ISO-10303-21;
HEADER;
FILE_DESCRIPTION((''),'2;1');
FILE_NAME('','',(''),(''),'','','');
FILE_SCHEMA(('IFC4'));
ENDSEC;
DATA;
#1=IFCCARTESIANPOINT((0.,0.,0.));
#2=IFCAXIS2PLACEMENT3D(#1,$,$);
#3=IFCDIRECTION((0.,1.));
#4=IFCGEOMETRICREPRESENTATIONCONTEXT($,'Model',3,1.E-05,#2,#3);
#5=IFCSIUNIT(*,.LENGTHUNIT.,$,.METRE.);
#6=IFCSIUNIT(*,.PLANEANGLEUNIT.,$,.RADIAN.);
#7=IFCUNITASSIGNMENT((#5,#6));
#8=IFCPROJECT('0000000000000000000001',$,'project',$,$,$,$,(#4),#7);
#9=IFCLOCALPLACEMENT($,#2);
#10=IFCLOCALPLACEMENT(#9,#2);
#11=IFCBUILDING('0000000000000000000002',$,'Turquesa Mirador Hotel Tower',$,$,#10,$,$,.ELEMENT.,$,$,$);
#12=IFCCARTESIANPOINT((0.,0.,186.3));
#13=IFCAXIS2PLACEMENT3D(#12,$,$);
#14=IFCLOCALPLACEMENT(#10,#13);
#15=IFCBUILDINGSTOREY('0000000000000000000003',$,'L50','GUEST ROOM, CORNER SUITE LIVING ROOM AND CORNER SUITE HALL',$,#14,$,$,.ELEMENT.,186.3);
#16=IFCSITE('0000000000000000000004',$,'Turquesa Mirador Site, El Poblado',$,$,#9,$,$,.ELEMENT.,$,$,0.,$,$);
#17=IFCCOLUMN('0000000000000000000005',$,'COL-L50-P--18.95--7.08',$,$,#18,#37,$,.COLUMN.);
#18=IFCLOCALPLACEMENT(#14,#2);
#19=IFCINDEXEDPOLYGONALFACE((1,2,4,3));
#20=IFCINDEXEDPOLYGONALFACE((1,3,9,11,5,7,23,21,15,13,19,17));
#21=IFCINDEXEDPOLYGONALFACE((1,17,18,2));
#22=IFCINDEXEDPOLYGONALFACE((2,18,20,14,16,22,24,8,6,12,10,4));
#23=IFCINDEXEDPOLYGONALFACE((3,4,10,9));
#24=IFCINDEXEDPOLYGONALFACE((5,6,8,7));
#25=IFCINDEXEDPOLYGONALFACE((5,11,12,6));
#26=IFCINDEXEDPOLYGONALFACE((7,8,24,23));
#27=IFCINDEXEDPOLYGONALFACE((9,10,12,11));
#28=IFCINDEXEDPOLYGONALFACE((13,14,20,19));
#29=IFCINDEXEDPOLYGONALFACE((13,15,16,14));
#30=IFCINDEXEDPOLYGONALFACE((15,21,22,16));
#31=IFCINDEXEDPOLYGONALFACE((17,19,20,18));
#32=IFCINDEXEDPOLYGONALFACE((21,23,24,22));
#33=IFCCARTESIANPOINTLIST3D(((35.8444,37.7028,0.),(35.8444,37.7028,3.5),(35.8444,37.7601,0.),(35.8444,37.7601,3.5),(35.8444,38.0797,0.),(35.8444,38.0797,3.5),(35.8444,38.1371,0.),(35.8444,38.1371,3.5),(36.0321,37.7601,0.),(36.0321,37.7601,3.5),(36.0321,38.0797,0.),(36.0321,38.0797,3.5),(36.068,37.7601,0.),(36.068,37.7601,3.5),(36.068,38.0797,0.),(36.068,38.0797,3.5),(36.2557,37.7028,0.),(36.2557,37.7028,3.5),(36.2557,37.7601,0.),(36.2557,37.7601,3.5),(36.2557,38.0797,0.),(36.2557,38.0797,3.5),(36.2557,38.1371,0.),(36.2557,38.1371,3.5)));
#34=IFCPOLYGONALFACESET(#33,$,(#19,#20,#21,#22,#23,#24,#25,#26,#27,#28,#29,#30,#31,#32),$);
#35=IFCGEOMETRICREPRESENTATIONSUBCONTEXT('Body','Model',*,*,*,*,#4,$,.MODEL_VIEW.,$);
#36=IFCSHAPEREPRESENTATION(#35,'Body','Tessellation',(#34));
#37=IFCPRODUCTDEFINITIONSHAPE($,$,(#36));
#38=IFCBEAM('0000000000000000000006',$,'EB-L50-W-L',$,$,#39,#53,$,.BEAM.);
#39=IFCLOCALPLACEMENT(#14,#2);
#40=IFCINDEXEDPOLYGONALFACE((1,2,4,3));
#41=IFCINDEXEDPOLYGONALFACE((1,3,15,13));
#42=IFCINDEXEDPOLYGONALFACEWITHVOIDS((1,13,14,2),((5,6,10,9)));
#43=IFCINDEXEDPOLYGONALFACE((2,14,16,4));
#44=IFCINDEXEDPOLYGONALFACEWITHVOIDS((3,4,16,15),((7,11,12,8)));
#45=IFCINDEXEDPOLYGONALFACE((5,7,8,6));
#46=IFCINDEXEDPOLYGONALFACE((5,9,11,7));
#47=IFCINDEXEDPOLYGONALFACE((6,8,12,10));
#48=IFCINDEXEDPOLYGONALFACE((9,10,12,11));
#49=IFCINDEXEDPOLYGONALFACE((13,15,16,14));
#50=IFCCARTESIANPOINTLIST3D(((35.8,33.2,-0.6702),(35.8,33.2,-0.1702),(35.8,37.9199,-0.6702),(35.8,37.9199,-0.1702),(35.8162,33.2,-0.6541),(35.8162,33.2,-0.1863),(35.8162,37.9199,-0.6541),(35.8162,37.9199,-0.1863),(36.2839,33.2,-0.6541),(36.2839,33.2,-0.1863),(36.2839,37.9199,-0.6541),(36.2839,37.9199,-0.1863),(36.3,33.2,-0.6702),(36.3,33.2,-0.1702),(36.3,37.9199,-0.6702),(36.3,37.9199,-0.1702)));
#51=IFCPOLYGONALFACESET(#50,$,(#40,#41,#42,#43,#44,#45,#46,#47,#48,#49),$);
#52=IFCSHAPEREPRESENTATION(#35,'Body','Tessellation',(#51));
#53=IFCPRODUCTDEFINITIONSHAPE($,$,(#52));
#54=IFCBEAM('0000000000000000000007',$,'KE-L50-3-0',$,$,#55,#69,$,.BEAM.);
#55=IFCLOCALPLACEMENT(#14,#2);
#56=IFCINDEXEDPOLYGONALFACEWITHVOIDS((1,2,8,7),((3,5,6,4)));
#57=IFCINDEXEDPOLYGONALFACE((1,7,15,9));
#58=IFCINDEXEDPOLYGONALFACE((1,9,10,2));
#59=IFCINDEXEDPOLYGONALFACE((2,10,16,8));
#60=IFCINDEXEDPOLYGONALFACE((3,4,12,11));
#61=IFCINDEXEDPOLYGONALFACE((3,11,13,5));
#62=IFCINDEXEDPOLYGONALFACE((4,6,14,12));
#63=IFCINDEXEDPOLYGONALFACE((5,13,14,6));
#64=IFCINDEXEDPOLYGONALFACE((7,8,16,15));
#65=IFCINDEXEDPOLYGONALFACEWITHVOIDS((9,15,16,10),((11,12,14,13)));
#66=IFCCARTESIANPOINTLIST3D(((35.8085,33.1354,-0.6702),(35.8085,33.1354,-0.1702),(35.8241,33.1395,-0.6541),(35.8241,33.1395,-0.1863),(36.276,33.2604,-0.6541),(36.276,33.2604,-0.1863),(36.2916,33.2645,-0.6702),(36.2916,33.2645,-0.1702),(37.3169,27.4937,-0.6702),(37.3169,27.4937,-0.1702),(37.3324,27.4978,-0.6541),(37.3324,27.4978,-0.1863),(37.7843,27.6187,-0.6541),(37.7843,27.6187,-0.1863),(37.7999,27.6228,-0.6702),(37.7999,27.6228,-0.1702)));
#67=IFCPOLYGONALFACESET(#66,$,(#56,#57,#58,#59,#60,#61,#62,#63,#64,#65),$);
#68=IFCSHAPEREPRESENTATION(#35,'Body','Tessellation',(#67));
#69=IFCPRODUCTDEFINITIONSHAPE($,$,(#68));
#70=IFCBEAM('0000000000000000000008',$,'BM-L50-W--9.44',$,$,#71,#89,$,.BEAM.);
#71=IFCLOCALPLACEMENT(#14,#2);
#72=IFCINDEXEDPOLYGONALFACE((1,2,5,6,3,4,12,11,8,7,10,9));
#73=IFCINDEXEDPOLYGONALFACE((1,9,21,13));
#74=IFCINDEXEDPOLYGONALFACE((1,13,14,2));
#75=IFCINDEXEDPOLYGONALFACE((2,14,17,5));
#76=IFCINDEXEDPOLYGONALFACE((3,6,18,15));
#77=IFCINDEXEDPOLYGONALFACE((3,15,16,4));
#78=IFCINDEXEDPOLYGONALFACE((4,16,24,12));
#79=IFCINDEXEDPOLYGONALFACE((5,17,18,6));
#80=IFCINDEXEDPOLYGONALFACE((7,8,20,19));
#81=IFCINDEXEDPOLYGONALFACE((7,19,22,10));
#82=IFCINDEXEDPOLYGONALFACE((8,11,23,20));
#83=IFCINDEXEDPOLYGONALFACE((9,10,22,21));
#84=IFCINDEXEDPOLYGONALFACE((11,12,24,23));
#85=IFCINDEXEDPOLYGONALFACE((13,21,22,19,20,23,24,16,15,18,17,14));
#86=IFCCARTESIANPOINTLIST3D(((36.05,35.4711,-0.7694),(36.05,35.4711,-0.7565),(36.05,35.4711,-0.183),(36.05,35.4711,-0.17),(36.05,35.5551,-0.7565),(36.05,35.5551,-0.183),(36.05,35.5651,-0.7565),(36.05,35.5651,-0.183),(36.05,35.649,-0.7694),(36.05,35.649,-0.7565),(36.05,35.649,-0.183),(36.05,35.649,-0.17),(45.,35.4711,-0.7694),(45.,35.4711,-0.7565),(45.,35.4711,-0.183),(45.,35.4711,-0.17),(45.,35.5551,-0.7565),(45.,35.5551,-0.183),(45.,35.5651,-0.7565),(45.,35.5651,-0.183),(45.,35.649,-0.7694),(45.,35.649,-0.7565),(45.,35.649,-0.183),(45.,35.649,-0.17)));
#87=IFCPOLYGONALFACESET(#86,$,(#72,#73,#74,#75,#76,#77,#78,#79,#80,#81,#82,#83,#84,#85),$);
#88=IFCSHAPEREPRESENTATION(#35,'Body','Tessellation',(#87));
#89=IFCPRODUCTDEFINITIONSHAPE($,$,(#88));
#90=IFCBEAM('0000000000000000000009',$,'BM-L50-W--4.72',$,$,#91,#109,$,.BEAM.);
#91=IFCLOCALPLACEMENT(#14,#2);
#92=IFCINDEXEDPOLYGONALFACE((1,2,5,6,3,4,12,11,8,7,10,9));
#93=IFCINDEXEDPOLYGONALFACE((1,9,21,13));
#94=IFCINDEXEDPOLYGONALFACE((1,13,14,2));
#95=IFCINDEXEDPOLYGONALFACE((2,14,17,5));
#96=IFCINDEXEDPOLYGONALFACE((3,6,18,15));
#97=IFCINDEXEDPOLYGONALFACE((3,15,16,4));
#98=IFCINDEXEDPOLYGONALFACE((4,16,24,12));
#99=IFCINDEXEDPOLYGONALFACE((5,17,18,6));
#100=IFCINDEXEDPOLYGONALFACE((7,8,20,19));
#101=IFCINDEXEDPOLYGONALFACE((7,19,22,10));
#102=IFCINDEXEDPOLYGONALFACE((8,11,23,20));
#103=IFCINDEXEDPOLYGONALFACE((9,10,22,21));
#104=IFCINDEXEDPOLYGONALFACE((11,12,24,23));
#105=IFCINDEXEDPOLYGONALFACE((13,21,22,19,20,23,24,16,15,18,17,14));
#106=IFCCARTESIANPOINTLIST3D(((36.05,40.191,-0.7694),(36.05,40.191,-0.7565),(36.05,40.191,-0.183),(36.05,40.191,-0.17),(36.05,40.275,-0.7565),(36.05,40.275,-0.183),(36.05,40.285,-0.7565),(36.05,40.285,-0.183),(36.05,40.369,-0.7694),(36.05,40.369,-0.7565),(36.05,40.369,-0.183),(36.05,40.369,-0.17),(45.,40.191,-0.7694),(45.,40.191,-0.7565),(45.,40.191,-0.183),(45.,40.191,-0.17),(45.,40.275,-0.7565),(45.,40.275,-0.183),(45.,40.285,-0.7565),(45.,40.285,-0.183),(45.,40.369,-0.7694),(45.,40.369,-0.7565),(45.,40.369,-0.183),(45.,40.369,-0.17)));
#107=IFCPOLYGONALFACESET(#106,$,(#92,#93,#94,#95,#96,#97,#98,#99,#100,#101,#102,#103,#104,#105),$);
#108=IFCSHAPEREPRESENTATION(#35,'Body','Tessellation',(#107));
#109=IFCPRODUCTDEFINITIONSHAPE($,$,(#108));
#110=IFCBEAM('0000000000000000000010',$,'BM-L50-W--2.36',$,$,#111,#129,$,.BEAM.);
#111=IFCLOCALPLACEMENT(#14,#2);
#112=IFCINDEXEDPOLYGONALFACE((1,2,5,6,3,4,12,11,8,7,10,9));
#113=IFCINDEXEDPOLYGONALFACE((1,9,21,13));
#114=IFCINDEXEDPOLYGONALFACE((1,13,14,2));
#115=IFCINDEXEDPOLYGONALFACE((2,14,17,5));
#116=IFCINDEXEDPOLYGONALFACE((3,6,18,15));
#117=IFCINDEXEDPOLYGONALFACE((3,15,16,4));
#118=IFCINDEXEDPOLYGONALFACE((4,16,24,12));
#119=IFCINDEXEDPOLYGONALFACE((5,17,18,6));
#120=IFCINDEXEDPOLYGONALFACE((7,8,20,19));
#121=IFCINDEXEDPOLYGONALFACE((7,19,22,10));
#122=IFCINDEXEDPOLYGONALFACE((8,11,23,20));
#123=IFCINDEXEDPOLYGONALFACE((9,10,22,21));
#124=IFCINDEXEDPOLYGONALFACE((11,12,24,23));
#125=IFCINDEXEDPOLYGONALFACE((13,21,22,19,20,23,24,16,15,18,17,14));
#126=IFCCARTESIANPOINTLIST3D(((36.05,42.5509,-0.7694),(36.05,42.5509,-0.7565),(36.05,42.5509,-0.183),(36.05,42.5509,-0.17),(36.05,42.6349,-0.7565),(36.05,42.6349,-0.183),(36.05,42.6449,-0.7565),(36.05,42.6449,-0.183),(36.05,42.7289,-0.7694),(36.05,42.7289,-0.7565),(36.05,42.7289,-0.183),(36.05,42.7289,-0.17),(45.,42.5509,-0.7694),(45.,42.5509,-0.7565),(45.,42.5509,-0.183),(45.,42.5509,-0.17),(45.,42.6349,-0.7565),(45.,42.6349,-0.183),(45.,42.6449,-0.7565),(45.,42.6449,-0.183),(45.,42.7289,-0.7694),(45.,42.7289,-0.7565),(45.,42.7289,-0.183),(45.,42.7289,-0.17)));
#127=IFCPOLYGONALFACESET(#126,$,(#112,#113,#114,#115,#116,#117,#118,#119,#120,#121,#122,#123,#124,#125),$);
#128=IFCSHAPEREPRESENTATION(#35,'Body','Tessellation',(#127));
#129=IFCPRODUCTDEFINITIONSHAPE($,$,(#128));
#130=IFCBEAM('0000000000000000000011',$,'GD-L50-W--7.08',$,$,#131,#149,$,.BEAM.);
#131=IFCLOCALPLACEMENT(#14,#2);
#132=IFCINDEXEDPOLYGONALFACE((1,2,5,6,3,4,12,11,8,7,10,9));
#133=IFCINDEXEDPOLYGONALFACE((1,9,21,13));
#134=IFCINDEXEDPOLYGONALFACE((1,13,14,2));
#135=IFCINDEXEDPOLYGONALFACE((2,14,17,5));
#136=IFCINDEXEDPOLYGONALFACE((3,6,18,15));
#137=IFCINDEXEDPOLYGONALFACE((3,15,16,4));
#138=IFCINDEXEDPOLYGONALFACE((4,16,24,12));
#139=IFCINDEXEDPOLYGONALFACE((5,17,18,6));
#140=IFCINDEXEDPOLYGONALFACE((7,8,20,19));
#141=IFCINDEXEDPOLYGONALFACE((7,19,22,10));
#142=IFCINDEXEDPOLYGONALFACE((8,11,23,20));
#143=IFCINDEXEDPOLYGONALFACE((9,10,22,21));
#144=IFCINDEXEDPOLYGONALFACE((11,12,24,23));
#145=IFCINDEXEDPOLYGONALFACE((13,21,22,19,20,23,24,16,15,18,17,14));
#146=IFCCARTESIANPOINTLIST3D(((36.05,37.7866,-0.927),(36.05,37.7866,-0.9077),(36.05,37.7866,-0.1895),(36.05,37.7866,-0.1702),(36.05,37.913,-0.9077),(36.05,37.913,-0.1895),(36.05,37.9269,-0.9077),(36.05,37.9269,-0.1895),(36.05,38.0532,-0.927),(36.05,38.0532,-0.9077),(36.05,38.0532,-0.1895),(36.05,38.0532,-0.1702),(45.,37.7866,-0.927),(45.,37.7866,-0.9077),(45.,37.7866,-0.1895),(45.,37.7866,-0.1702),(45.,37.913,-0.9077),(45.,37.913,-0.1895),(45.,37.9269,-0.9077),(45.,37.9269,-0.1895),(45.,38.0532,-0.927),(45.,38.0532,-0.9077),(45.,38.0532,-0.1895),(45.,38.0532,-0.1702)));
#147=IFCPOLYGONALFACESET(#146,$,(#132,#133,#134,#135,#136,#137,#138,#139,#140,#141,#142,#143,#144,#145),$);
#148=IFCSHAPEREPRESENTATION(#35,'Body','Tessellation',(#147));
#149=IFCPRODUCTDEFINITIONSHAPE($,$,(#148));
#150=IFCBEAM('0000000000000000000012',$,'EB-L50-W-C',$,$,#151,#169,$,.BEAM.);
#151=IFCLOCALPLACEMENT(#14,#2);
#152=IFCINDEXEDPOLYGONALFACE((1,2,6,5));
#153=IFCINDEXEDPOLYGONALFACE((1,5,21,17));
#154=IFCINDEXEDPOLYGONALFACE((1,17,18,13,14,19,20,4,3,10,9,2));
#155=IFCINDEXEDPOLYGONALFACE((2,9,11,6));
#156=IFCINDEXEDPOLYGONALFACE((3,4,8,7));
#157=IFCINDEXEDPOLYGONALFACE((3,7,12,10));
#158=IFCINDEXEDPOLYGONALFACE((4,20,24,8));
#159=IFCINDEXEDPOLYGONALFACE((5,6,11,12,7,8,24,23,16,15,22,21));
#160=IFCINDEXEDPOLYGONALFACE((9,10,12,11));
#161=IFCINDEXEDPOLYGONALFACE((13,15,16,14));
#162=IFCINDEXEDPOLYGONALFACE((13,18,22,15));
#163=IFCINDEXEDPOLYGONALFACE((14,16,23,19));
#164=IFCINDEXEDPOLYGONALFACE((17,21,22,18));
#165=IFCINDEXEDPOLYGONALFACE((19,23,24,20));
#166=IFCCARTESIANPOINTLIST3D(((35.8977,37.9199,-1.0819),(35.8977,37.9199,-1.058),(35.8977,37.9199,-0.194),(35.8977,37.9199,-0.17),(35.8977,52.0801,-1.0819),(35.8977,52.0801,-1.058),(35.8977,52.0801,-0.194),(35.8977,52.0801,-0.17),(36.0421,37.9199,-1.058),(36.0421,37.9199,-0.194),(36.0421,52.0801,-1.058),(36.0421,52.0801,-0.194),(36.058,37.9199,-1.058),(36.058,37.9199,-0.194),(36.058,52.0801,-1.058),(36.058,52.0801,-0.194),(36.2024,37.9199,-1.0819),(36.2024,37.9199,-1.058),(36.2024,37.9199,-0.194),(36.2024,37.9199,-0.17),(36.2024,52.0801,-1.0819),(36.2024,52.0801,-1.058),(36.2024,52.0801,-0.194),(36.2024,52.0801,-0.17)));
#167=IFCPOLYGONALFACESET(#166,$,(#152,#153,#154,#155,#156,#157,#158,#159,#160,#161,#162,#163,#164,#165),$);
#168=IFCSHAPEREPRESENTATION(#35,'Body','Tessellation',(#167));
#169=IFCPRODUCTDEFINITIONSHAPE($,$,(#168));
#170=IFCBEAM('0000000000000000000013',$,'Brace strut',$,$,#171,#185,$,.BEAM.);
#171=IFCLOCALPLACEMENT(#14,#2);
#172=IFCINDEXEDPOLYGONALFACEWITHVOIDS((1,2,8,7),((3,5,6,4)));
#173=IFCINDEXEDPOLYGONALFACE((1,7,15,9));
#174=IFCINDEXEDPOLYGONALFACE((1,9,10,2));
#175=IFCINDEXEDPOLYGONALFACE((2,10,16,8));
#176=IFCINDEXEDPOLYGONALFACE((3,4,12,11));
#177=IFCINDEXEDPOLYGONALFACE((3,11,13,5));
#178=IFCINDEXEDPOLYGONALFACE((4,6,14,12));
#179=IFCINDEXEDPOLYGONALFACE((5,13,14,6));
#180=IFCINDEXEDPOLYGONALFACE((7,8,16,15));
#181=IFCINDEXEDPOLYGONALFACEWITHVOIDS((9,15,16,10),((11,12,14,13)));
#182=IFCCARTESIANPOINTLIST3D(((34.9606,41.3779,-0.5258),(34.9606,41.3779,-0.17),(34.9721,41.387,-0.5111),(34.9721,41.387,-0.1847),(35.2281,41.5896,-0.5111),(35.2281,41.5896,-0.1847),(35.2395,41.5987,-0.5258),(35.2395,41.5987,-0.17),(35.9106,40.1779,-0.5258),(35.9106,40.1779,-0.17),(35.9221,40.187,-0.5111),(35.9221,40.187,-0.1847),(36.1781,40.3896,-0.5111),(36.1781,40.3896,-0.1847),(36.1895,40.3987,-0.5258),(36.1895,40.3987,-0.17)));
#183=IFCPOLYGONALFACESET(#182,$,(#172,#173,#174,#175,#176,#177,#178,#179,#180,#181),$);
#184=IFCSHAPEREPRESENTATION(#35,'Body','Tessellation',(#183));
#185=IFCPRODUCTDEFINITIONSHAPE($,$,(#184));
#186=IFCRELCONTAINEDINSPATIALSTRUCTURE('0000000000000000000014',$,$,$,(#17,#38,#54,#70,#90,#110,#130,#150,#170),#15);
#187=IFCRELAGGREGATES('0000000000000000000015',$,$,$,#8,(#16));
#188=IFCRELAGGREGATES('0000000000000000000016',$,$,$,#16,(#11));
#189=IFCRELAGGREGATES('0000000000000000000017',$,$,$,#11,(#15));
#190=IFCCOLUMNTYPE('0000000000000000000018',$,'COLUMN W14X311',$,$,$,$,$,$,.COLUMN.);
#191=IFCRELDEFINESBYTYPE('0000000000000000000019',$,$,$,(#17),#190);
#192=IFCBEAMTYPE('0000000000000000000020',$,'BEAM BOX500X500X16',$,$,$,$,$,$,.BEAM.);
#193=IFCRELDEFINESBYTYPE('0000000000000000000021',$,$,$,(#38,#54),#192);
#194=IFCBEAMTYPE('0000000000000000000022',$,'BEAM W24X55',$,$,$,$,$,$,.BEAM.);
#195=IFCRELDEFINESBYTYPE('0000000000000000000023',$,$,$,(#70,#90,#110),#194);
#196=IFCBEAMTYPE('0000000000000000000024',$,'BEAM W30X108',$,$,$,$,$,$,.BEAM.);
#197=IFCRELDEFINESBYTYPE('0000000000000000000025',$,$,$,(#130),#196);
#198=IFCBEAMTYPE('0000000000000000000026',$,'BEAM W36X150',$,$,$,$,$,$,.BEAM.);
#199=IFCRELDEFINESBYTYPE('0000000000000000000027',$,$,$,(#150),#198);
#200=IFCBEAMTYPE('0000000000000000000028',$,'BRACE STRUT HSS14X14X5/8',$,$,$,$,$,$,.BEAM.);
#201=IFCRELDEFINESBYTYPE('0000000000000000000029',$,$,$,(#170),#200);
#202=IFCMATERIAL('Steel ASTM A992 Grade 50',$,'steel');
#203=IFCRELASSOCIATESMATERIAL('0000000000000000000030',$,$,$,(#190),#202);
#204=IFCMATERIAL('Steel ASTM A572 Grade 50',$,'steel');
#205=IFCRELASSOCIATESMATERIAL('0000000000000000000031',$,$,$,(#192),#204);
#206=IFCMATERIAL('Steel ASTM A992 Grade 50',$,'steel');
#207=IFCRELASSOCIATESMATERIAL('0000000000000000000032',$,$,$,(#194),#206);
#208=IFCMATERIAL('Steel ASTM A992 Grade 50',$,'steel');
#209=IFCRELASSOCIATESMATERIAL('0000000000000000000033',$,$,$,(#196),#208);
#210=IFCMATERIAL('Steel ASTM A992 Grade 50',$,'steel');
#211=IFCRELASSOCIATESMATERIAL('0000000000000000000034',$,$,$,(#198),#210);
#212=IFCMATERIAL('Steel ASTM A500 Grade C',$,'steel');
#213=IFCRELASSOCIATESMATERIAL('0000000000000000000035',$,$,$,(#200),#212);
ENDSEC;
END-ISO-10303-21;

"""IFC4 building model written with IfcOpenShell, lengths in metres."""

from ifc_helpers import new_model, si_unit, direction, frame, origin, origin_2d, place, context, subcontext, project, spatial, hollow_rectangle, i_section, extrude, material, material_profile, profile_set, type_object, element, save


model = new_model("IFC4")

# Units and contexts
model_context = context("Model", 3, precision=1e-05, world=origin(), true_north=direction((0.0, 1.0)))
body_context = subcontext(model_context, "Body", "Model", "MODEL_VIEW")
ifc_project = project(units=[si_unit("LENGTHUNIT", "METRE"), si_unit("PLANEANGLEUNIT", "RADIAN")], contexts=[model_context])

# Site, building, storey
site_placement = place(None, origin())
site = spatial("IfcSite", under=ifc_project, at=site_placement, Name="Turquesa Mirador Site, El Poblado", CompositionType="ELEMENT", RefElevation=0.0)
building_placement = place(site_placement, origin())
building = spatial("IfcBuilding", under=site, at=building_placement, Name="Turquesa Mirador Hotel Tower", CompositionType="ELEMENT")
storey_placement = place(building_placement, frame((0.0, 0.0, 186.3)))
storey = spatial("IfcBuildingStorey", under=building, at=storey_placement, Name="L50", Description="GUEST ROOM, CORNER SUITE LIVING ROOM AND CORNER SUITE HALL", CompositionType="ELEMENT", Elevation=186.3)

# Column
ifc_material_1 = material(Name="Steel ASTM A992 Grade 50", Category="steel")
ifc_material_profile_1 = material_profile(ifc_material_1, i_section(OverallWidth=0.4114, OverallDepth=0.4343, WebThickness=0.0359, FlangeThickness=0.0574, at=origin_2d()), Name="W14X311")
ifc_profile_set_1 = profile_set([ifc_material_profile_1], Name="Steel ASTM A992 Grade 50")
column_type = type_object("IfcColumnType", Name="COLUMN W14X311", PredefinedType="COLUMN", material=ifc_profile_set_1)
column_placement = place(storey_placement, frame((36.05, 37.9199, 0.0), z_axis=(0.0, 0.0, 1.0), x_axis=(1.0, 0.0, 0.0)))
element("IfcColumn", 1, at=column_placement, inside=storey, type_object=column_type, Name="COL-L50-P--18.95--7.08", PredefinedType="COLUMN", context=body_context, shape_type="SweptSolid", body=[
    extrude(i_section(OverallWidth=0.4114, OverallDepth=0.4343, WebThickness=0.0359, FlangeThickness=0.0574, at=origin_2d()), origin(), (0.0, 0.0, 1.0), 3.5),
])

# Beams
ifc_material_2 = material(Name="Steel ASTM A572 Grade 50", Category="steel")
ifc_material_profile_2 = material_profile(ifc_material_2, hollow_rectangle(XDim=0.5, YDim=0.5, WallThickness=0.0161, at=origin_2d()), Name="BOX500X500X16")
ifc_profile_set_2 = profile_set([ifc_material_profile_2], Name="Steel ASTM A572 Grade 50")
beam_type_1 = type_object("IfcBeamType", Name="BEAM BOX500X500X16", PredefinedType="BEAM", material=ifc_profile_set_2)
beam_1_placement = place(storey_placement, frame((36.05, 33.2, -0.4202), z_axis=(0.0, 1.0, 0.0), x_axis=(-1.0, 0.0, 0.0)))
element("IfcBeam", 2, at=beam_1_placement, inside=storey, type_object=beam_type_1, Name="EB-L50-W-L", PredefinedType="BEAM", context=body_context, shape_type="SweptSolid", body=[
    extrude(hollow_rectangle(XDim=0.5, YDim=0.5, WallThickness=0.0161, at=origin_2d()), origin(), (0.0, 0.0, 1.0), 4.72),
])
beam_2_placement = place(storey_placement, frame((36.05, 33.2, -0.4202), z_axis=(0.258282, -0.96607, 0.0), x_axis=(0.96607, 0.258282, 0.0)))
element("IfcBeam", 3, at=beam_2_placement, inside=storey, type_object=beam_type_1, Name="KE-L50-3-0", PredefinedType="BEAM", context=body_context, shape_type="SweptSolid", body=[
    extrude(hollow_rectangle(XDim=0.5, YDim=0.5, WallThickness=0.0161, at=origin_2d()), origin(), (0.0, 0.0, 1.0), 5.8398),
])
ifc_material_3 = material(Name="Steel ASTM A992 Grade 50", Category="steel")
ifc_material_profile_3 = material_profile(ifc_material_3, i_section(OverallWidth=0.178, OverallDepth=0.5994, WebThickness=0.01, FlangeThickness=0.0129, at=origin_2d()), Name="W24X55")
ifc_profile_set_3 = profile_set([ifc_material_profile_3], Name="Steel ASTM A992 Grade 50")
beam_type_2 = type_object("IfcBeamType", Name="BEAM W24X55", PredefinedType="BEAM", material=ifc_profile_set_3)
for number, where, z_axis, x_axis, name in (
    (4, (36.05, 35.5601, -0.4697), (1.0, 0.0, 0.0), (0.0, 1.0, 0.0), "BM-L50-W--9.44"),
    (5, (36.05, 40.28, -0.4697), (1.0, 0.0, 0.0), (0.0, 1.0, 0.0), "BM-L50-W--4.72"),
    (6, (36.05, 42.6399, -0.4697), (1.0, 0.0, 0.0), (0.0, 1.0, 0.0), "BM-L50-W--2.36"),
):
    element("IfcBeam", number, at=place(storey_placement, frame(where, z_axis=z_axis, x_axis=x_axis)), inside=storey, type_object=beam_type_2, Name=name, PredefinedType="BEAM", context=body_context, shape_type="SweptSolid", body=[
        extrude(i_section(OverallWidth=0.178, OverallDepth=0.5994, WebThickness=0.01, FlangeThickness=0.0129, at=origin_2d()), origin(), (0.0, 0.0, 1.0), 8.95),
    ])
ifc_material_4 = material(Name="Steel ASTM A992 Grade 50", Category="steel")
ifc_material_profile_4 = material_profile(ifc_material_4, i_section(OverallWidth=0.2666, OverallDepth=0.7568, WebThickness=0.0139, FlangeThickness=0.0193, at=origin_2d()), Name="W30X108")
ifc_profile_set_4 = profile_set([ifc_material_profile_4], Name="Steel ASTM A992 Grade 50")
beam_type_3 = type_object("IfcBeamType", Name="BEAM W30X108", PredefinedType="BEAM", material=ifc_profile_set_4)
beam_3_placement = place(storey_placement, frame((36.05, 37.9199, -0.5486), z_axis=(1.0, 0.0, 0.0), x_axis=(0.0, 1.0, 0.0)))
element("IfcBeam", 7, at=beam_3_placement, inside=storey, type_object=beam_type_3, Name="GD-L50-W--7.08", PredefinedType="BEAM", context=body_context, shape_type="SweptSolid", body=[
    extrude(i_section(OverallWidth=0.2666, OverallDepth=0.7568, WebThickness=0.0139, FlangeThickness=0.0193, at=origin_2d()), origin(), (0.0, 0.0, 1.0), 8.95),
])
ifc_material_5 = material(Name="Steel ASTM A992 Grade 50", Category="steel")
ifc_material_profile_5 = material_profile(ifc_material_5, i_section(OverallWidth=0.3047, OverallDepth=0.9119, WebThickness=0.0159, FlangeThickness=0.0239, at=origin_2d()), Name="W36X150")
ifc_profile_set_5 = profile_set([ifc_material_profile_5], Name="Steel ASTM A992 Grade 50")
beam_type_4 = type_object("IfcBeamType", Name="BEAM W36X150", PredefinedType="BEAM", material=ifc_profile_set_5)
beam_4_placement = place(storey_placement, frame((36.05, 37.9199, -0.626), z_axis=(0.0, 1.0, 0.0), x_axis=(-1.0, 0.0, 0.0)))
element("IfcBeam", 8, at=beam_4_placement, inside=storey, type_object=beam_type_4, Name="EB-L50-W-C", PredefinedType="BEAM", context=body_context, shape_type="SweptSolid", body=[
    extrude(i_section(OverallWidth=0.3047, OverallDepth=0.9119, WebThickness=0.0159, FlangeThickness=0.0239, at=origin_2d()), origin(), (0.0, 0.0, 1.0), 14.1602),
])
ifc_material_6 = material(Name="Steel ASTM A500 Grade C", Category="steel")
ifc_material_profile_6 = material_profile(ifc_material_6, hollow_rectangle(XDim=0.3557, YDim=0.3557, WallThickness=0.0146, at=origin_2d()), Name="HSS14X14X5/8")
ifc_profile_set_6 = profile_set([ifc_material_profile_6], Name="Steel ASTM A500 Grade C")
beam_type_5 = type_object("IfcBeamType", Name="BRACE STRUT HSS14X14X5/8", PredefinedType="BEAM", material=ifc_profile_set_6)
for number, where, z_axis, x_axis, name in (
    (9, (35.1001, 41.4883, -0.3479), (0.620699, -0.784049, 0.0), (0.784049, 0.620699, 0.0), "Brace strut"),
):
    element("IfcBeam", number, at=place(storey_placement, frame(where, z_axis=z_axis, x_axis=x_axis)), inside=storey, type_object=beam_type_5, Name=name, PredefinedType="BEAM", context=body_context, shape_type="SweptSolid", body=[
        extrude(hollow_rectangle(XDim=0.3557, YDim=0.3557, WallThickness=0.0146, at=origin_2d()), origin(), (0.0, 0.0, 1.0), 1.5305),
    ])

save(model, "model.ifc")
